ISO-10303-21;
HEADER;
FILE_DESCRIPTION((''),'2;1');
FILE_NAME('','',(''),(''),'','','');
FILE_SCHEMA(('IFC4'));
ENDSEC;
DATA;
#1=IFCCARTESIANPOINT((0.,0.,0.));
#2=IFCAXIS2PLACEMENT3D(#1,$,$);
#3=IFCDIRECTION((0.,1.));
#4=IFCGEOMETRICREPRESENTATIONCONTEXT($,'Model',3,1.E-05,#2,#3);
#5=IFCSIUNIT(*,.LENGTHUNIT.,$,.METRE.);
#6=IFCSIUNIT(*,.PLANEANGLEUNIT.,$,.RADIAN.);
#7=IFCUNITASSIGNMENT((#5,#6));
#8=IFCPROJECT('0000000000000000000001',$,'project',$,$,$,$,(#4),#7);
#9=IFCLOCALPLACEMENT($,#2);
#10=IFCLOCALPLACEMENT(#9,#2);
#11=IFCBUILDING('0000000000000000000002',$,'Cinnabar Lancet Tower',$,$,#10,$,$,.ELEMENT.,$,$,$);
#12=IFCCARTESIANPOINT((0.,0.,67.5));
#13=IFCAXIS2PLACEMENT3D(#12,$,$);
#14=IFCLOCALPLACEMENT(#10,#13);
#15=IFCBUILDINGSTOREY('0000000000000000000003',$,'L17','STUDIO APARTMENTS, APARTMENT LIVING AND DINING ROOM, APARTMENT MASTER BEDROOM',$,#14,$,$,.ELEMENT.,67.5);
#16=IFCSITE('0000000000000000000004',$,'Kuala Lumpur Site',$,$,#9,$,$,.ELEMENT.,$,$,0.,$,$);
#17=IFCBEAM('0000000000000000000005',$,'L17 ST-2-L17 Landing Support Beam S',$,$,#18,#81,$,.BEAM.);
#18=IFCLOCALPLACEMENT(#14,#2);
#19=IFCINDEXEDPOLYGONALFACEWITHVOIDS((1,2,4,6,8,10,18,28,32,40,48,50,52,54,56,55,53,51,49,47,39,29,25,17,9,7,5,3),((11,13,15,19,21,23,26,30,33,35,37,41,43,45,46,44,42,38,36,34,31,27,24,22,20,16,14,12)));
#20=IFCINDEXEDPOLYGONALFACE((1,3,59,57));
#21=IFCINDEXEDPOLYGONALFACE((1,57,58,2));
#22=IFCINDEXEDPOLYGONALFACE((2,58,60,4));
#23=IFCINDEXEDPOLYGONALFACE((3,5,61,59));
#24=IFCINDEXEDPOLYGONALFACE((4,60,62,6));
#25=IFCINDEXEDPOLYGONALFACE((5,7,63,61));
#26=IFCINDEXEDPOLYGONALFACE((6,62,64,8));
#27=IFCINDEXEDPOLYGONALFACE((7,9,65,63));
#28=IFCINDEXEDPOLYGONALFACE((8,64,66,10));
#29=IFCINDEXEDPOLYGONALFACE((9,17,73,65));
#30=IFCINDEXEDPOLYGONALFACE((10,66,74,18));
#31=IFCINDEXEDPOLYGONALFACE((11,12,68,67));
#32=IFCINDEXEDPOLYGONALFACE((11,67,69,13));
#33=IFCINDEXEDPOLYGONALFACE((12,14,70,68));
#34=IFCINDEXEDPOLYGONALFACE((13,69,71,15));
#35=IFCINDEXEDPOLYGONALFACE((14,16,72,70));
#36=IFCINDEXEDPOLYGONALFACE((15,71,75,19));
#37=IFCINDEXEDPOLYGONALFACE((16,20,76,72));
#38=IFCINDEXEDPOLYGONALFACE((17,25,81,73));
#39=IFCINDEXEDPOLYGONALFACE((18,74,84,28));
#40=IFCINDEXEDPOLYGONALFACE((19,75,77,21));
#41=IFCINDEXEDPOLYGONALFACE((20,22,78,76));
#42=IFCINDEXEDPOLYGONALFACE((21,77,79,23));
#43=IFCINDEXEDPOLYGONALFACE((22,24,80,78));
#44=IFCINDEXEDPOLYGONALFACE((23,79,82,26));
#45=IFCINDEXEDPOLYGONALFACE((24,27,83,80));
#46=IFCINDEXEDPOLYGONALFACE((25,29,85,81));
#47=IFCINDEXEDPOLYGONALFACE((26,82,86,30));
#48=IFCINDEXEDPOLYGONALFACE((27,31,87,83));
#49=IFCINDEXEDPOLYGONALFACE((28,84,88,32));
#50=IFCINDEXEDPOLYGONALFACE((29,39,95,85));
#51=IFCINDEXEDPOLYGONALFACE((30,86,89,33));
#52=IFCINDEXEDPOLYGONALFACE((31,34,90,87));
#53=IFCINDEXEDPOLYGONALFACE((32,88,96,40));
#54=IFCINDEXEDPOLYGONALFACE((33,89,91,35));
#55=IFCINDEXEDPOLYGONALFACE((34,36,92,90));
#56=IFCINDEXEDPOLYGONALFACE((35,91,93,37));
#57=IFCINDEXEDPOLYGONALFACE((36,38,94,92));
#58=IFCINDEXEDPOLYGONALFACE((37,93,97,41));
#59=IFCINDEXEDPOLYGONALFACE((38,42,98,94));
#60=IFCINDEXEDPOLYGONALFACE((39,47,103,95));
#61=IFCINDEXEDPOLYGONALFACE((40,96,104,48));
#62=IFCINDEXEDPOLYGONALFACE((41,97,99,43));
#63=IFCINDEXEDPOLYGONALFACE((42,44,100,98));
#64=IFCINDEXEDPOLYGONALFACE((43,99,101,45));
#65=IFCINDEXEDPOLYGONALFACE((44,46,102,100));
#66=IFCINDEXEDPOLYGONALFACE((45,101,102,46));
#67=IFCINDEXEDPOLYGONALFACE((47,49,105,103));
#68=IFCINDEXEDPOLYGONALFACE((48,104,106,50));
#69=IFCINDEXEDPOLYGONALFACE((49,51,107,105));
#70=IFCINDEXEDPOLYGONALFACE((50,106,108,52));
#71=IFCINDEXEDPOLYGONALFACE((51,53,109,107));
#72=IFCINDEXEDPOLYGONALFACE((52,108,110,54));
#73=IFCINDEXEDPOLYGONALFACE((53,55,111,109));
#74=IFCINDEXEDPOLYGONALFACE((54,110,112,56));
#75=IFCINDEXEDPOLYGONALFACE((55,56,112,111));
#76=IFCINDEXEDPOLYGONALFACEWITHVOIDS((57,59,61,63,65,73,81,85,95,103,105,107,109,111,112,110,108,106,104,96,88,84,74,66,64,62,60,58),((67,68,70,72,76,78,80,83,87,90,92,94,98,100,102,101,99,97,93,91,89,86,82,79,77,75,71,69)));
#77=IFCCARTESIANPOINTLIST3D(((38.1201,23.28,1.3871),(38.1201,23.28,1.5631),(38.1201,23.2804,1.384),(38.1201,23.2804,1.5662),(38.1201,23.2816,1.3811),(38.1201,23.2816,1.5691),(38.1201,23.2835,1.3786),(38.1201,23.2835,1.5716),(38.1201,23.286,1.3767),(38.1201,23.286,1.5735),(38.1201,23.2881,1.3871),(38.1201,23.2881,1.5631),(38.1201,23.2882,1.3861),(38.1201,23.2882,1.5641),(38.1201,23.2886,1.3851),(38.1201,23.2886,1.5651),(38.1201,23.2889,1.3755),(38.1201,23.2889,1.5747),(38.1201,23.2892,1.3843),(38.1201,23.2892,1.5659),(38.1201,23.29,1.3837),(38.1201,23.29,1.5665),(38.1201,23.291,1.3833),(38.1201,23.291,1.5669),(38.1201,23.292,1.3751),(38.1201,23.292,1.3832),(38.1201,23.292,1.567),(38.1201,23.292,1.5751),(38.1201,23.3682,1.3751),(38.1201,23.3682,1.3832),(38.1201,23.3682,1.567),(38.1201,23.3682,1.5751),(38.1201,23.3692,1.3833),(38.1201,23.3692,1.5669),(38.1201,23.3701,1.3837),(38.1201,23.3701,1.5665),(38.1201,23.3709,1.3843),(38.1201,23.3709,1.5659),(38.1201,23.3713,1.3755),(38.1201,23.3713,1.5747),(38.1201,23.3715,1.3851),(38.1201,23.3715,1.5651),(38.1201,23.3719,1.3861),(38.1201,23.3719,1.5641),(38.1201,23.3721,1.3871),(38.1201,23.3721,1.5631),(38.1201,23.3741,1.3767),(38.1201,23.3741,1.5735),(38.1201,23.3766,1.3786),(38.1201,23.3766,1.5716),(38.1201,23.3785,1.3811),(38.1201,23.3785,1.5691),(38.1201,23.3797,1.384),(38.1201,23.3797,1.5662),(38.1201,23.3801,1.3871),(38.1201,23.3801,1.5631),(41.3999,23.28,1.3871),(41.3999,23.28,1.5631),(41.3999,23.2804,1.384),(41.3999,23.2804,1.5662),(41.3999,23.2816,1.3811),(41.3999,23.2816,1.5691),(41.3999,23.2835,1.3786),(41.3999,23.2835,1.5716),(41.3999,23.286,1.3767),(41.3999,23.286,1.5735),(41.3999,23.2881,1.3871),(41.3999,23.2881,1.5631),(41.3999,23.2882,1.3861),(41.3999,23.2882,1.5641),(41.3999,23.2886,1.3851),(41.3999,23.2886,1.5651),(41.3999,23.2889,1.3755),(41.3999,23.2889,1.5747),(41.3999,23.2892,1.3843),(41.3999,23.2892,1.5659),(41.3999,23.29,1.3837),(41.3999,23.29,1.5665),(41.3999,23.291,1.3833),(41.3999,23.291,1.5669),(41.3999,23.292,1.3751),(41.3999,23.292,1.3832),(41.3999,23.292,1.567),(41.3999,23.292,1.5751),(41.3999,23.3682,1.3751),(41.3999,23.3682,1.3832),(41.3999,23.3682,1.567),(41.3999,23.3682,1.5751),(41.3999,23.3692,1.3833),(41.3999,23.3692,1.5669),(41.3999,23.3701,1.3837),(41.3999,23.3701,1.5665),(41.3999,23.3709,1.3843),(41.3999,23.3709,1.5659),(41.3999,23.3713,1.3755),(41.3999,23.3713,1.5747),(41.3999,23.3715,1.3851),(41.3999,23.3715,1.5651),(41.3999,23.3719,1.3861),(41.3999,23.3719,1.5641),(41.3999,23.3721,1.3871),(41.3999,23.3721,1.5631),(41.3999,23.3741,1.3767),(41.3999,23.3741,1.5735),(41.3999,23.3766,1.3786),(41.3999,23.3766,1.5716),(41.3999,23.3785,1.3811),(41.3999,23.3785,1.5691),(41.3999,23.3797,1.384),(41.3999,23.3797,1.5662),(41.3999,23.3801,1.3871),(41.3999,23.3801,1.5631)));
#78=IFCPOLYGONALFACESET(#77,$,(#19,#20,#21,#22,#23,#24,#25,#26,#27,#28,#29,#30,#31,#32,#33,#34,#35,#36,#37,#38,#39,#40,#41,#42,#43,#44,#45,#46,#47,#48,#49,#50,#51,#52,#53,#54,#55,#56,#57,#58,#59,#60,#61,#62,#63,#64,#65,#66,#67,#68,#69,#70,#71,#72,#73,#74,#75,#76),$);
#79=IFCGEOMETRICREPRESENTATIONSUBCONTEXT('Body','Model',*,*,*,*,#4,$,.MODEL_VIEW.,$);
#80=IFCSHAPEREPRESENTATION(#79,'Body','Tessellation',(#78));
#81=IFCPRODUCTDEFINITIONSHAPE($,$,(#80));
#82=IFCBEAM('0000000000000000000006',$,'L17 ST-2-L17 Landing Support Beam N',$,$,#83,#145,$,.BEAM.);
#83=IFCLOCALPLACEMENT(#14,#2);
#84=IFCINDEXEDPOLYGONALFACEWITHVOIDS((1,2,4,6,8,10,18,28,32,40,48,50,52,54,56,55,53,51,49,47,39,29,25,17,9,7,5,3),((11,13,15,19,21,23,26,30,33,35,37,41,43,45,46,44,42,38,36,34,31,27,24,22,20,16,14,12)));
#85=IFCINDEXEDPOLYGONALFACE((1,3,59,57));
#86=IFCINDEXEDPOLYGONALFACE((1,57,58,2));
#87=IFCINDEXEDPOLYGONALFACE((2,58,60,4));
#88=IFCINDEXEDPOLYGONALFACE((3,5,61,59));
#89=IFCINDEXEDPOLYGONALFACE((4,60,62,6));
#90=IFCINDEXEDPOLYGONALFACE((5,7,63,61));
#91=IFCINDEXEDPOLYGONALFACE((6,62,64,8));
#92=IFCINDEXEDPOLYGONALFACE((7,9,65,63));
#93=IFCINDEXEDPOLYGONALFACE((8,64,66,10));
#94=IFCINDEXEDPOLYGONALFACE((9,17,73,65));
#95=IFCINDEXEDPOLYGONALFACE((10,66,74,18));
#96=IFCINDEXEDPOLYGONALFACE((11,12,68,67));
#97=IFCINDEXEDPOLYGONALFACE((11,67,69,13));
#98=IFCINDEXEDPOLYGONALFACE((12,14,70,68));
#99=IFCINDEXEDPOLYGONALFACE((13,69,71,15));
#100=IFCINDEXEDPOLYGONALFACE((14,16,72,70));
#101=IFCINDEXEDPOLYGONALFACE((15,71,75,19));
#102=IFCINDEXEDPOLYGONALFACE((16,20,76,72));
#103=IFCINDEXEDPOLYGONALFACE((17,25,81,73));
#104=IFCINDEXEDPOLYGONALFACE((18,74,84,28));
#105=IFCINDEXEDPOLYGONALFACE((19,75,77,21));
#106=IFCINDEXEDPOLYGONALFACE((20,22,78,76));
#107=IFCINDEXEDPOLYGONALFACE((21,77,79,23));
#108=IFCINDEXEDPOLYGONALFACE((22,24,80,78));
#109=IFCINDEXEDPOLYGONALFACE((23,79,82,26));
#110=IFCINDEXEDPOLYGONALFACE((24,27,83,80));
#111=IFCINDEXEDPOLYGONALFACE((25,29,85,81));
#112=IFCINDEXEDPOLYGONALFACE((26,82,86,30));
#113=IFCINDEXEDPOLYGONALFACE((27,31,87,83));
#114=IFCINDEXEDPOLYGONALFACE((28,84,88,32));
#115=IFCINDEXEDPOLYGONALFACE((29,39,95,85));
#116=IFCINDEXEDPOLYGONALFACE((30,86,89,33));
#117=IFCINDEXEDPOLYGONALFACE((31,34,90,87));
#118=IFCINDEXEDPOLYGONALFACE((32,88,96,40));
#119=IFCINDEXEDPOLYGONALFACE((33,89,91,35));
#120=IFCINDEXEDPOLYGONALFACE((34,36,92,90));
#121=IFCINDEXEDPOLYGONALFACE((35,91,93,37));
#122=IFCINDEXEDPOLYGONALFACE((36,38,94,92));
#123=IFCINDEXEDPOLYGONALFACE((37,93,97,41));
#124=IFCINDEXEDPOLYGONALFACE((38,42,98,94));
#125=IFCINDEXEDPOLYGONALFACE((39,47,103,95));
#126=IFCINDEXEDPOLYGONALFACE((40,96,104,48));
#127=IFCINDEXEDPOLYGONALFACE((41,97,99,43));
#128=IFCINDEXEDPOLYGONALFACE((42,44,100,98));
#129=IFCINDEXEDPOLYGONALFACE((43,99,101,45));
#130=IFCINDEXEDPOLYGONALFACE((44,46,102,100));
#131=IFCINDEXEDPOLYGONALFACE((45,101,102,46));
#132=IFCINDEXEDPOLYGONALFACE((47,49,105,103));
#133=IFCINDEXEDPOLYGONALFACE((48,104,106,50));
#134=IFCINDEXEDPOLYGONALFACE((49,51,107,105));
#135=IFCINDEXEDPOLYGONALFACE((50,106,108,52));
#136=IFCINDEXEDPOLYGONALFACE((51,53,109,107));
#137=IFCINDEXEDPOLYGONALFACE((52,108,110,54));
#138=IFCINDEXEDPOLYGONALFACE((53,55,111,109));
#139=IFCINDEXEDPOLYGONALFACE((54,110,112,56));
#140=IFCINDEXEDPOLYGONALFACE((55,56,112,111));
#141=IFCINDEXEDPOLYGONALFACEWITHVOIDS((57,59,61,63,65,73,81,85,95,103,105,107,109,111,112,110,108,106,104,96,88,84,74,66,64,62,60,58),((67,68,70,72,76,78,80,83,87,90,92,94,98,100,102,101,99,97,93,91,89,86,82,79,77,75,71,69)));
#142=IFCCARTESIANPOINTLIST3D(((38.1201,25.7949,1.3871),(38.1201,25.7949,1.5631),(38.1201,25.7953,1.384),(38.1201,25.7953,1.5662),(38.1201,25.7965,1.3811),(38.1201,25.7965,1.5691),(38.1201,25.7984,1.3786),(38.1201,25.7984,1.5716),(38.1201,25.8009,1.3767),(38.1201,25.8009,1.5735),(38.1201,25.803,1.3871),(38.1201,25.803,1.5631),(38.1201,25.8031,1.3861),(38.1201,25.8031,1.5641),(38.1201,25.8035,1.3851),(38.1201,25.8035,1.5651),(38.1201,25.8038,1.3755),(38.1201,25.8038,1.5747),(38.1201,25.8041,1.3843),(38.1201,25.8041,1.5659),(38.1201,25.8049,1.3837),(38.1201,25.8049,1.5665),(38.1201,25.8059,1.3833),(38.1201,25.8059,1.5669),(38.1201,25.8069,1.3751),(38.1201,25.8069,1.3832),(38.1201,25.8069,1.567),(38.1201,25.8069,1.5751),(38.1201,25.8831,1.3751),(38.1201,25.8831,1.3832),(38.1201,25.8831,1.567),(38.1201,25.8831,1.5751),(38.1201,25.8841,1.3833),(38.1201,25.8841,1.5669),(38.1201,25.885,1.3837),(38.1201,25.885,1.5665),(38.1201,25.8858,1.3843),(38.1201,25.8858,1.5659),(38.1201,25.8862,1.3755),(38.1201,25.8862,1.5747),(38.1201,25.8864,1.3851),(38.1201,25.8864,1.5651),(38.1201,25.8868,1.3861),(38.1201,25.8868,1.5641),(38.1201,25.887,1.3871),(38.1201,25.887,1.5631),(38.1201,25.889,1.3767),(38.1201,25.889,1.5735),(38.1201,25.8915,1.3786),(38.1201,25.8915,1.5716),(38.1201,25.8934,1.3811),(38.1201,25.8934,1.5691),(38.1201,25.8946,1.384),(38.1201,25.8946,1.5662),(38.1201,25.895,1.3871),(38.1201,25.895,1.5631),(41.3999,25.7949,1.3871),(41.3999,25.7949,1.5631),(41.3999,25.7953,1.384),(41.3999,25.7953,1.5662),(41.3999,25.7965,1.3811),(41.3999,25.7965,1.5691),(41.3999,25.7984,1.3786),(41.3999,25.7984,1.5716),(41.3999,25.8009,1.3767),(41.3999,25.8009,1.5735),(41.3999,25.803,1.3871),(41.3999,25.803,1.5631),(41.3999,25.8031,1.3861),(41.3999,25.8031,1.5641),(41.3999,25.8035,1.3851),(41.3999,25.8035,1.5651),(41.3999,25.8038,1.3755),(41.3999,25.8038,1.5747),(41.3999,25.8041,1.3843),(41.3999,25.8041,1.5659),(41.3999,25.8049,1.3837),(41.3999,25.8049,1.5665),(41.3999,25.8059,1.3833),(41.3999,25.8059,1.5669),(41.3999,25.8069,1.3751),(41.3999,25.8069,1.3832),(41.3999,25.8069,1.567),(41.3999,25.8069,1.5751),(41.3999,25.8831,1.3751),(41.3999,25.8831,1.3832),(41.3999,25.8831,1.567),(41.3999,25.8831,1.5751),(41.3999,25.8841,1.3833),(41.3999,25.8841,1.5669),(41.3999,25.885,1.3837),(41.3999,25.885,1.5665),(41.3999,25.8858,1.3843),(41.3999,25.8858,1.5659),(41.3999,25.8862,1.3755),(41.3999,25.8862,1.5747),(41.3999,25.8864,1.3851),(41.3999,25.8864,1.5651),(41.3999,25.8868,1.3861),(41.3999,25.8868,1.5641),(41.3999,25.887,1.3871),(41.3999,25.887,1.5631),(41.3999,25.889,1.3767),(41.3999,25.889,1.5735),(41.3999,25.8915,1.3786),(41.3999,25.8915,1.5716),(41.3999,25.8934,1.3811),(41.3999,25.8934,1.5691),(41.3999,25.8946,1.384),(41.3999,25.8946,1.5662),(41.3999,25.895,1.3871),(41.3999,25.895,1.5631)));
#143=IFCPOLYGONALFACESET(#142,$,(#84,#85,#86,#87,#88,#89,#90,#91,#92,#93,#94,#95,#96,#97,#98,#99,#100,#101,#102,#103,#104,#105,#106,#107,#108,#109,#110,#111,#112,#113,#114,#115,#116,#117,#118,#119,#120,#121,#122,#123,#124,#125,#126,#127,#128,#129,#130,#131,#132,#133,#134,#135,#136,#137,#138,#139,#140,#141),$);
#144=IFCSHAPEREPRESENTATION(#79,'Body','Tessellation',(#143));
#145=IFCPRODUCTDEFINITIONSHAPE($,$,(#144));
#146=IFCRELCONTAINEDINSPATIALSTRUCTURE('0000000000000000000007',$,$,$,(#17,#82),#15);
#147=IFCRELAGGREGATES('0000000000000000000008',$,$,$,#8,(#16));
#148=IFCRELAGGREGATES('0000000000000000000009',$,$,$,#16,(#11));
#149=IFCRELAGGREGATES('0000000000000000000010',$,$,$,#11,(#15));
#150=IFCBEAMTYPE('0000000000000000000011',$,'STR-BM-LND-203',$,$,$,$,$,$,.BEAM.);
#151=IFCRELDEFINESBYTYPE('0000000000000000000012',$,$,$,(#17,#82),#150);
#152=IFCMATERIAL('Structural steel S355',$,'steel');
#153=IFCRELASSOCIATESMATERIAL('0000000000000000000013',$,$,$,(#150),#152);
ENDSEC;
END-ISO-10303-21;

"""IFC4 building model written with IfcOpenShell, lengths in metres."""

from ifc_helpers import new_model, si_unit, direction, frame, origin, origin_2d, place, context, subcontext, project, spatial, hollow_rectangle, extrude, material, material_profile, profile_set, type_object, element, save


model = new_model("IFC4")

# Units and contexts
model_context = context("Model", 3, precision=1e-05, world=origin(), true_north=direction((0.0, 1.0)))
body_context = subcontext(model_context, "Body", "Model", "MODEL_VIEW")
ifc_project = project(units=[si_unit("LENGTHUNIT", "METRE"), si_unit("PLANEANGLEUNIT", "RADIAN")], contexts=[model_context])

# Site, building, storey
site_placement = place(None, origin())
site = spatial("IfcSite", under=ifc_project, at=site_placement, Name="Kuala Lumpur Site", CompositionType="ELEMENT", RefElevation=0.0)
building_placement = place(site_placement, origin())
building = spatial("IfcBuilding", under=site, at=building_placement, Name="Cinnabar Lancet Tower", CompositionType="ELEMENT")
storey_placement = place(building_placement, frame((0.0, 0.0, 67.5)))
storey = spatial("IfcBuildingStorey", under=building, at=storey_placement, Name="L17", Description="STUDIO APARTMENTS, APARTMENT LIVING AND DINING ROOM, APARTMENT MASTER BEDROOM", CompositionType="ELEMENT", Elevation=67.5)

# Beams
ifc_material_1 = material(Name="Structural steel S355", Category="steel")
ifc_material_profile_1 = material_profile(ifc_material_1, hollow_rectangle(XDim=0.1001, YDim=0.2, WallThickness=0.0081, InnerFilletRadius=0.0039, OuterFilletRadius=0.012, at=origin_2d()), Name="RHS 200x100x8")
ifc_profile_set_1 = profile_set([ifc_material_profile_1], Name="Structural steel S355")
beam_type_1 = type_object("IfcBeamType", Name="STR-BM-LND-203", PredefinedType="BEAM", material=ifc_profile_set_1)
for number, where, z_axis, x_axis, name in (
    (1, (38.1201, 23.3301, 1.4751), (1.0, 0.0, 0.0), (0.0, 1.0, 0.0), "L17 ST-2-L17 Landing Support Beam S"),
    (2, (38.1201, 25.845, 1.4751), (1.0, 0.0, 0.0), (0.0, 1.0, 0.0), "L17 ST-2-L17 Landing Support Beam N"),
):
    element("IfcBeam", number, at=place(storey_placement, frame(where, z_axis=z_axis, x_axis=x_axis)), inside=storey, type_object=beam_type_1, Name=name, PredefinedType="BEAM", context=body_context, shape_type="SweptSolid", body=[
        extrude(hollow_rectangle(XDim=0.1001, YDim=0.2, WallThickness=0.0081, InnerFilletRadius=0.0039, OuterFilletRadius=0.012, at=origin_2d()), origin(), (0.0, 0.0, 1.0), 3.2798),
    ])

save(model, "model.ifc")
